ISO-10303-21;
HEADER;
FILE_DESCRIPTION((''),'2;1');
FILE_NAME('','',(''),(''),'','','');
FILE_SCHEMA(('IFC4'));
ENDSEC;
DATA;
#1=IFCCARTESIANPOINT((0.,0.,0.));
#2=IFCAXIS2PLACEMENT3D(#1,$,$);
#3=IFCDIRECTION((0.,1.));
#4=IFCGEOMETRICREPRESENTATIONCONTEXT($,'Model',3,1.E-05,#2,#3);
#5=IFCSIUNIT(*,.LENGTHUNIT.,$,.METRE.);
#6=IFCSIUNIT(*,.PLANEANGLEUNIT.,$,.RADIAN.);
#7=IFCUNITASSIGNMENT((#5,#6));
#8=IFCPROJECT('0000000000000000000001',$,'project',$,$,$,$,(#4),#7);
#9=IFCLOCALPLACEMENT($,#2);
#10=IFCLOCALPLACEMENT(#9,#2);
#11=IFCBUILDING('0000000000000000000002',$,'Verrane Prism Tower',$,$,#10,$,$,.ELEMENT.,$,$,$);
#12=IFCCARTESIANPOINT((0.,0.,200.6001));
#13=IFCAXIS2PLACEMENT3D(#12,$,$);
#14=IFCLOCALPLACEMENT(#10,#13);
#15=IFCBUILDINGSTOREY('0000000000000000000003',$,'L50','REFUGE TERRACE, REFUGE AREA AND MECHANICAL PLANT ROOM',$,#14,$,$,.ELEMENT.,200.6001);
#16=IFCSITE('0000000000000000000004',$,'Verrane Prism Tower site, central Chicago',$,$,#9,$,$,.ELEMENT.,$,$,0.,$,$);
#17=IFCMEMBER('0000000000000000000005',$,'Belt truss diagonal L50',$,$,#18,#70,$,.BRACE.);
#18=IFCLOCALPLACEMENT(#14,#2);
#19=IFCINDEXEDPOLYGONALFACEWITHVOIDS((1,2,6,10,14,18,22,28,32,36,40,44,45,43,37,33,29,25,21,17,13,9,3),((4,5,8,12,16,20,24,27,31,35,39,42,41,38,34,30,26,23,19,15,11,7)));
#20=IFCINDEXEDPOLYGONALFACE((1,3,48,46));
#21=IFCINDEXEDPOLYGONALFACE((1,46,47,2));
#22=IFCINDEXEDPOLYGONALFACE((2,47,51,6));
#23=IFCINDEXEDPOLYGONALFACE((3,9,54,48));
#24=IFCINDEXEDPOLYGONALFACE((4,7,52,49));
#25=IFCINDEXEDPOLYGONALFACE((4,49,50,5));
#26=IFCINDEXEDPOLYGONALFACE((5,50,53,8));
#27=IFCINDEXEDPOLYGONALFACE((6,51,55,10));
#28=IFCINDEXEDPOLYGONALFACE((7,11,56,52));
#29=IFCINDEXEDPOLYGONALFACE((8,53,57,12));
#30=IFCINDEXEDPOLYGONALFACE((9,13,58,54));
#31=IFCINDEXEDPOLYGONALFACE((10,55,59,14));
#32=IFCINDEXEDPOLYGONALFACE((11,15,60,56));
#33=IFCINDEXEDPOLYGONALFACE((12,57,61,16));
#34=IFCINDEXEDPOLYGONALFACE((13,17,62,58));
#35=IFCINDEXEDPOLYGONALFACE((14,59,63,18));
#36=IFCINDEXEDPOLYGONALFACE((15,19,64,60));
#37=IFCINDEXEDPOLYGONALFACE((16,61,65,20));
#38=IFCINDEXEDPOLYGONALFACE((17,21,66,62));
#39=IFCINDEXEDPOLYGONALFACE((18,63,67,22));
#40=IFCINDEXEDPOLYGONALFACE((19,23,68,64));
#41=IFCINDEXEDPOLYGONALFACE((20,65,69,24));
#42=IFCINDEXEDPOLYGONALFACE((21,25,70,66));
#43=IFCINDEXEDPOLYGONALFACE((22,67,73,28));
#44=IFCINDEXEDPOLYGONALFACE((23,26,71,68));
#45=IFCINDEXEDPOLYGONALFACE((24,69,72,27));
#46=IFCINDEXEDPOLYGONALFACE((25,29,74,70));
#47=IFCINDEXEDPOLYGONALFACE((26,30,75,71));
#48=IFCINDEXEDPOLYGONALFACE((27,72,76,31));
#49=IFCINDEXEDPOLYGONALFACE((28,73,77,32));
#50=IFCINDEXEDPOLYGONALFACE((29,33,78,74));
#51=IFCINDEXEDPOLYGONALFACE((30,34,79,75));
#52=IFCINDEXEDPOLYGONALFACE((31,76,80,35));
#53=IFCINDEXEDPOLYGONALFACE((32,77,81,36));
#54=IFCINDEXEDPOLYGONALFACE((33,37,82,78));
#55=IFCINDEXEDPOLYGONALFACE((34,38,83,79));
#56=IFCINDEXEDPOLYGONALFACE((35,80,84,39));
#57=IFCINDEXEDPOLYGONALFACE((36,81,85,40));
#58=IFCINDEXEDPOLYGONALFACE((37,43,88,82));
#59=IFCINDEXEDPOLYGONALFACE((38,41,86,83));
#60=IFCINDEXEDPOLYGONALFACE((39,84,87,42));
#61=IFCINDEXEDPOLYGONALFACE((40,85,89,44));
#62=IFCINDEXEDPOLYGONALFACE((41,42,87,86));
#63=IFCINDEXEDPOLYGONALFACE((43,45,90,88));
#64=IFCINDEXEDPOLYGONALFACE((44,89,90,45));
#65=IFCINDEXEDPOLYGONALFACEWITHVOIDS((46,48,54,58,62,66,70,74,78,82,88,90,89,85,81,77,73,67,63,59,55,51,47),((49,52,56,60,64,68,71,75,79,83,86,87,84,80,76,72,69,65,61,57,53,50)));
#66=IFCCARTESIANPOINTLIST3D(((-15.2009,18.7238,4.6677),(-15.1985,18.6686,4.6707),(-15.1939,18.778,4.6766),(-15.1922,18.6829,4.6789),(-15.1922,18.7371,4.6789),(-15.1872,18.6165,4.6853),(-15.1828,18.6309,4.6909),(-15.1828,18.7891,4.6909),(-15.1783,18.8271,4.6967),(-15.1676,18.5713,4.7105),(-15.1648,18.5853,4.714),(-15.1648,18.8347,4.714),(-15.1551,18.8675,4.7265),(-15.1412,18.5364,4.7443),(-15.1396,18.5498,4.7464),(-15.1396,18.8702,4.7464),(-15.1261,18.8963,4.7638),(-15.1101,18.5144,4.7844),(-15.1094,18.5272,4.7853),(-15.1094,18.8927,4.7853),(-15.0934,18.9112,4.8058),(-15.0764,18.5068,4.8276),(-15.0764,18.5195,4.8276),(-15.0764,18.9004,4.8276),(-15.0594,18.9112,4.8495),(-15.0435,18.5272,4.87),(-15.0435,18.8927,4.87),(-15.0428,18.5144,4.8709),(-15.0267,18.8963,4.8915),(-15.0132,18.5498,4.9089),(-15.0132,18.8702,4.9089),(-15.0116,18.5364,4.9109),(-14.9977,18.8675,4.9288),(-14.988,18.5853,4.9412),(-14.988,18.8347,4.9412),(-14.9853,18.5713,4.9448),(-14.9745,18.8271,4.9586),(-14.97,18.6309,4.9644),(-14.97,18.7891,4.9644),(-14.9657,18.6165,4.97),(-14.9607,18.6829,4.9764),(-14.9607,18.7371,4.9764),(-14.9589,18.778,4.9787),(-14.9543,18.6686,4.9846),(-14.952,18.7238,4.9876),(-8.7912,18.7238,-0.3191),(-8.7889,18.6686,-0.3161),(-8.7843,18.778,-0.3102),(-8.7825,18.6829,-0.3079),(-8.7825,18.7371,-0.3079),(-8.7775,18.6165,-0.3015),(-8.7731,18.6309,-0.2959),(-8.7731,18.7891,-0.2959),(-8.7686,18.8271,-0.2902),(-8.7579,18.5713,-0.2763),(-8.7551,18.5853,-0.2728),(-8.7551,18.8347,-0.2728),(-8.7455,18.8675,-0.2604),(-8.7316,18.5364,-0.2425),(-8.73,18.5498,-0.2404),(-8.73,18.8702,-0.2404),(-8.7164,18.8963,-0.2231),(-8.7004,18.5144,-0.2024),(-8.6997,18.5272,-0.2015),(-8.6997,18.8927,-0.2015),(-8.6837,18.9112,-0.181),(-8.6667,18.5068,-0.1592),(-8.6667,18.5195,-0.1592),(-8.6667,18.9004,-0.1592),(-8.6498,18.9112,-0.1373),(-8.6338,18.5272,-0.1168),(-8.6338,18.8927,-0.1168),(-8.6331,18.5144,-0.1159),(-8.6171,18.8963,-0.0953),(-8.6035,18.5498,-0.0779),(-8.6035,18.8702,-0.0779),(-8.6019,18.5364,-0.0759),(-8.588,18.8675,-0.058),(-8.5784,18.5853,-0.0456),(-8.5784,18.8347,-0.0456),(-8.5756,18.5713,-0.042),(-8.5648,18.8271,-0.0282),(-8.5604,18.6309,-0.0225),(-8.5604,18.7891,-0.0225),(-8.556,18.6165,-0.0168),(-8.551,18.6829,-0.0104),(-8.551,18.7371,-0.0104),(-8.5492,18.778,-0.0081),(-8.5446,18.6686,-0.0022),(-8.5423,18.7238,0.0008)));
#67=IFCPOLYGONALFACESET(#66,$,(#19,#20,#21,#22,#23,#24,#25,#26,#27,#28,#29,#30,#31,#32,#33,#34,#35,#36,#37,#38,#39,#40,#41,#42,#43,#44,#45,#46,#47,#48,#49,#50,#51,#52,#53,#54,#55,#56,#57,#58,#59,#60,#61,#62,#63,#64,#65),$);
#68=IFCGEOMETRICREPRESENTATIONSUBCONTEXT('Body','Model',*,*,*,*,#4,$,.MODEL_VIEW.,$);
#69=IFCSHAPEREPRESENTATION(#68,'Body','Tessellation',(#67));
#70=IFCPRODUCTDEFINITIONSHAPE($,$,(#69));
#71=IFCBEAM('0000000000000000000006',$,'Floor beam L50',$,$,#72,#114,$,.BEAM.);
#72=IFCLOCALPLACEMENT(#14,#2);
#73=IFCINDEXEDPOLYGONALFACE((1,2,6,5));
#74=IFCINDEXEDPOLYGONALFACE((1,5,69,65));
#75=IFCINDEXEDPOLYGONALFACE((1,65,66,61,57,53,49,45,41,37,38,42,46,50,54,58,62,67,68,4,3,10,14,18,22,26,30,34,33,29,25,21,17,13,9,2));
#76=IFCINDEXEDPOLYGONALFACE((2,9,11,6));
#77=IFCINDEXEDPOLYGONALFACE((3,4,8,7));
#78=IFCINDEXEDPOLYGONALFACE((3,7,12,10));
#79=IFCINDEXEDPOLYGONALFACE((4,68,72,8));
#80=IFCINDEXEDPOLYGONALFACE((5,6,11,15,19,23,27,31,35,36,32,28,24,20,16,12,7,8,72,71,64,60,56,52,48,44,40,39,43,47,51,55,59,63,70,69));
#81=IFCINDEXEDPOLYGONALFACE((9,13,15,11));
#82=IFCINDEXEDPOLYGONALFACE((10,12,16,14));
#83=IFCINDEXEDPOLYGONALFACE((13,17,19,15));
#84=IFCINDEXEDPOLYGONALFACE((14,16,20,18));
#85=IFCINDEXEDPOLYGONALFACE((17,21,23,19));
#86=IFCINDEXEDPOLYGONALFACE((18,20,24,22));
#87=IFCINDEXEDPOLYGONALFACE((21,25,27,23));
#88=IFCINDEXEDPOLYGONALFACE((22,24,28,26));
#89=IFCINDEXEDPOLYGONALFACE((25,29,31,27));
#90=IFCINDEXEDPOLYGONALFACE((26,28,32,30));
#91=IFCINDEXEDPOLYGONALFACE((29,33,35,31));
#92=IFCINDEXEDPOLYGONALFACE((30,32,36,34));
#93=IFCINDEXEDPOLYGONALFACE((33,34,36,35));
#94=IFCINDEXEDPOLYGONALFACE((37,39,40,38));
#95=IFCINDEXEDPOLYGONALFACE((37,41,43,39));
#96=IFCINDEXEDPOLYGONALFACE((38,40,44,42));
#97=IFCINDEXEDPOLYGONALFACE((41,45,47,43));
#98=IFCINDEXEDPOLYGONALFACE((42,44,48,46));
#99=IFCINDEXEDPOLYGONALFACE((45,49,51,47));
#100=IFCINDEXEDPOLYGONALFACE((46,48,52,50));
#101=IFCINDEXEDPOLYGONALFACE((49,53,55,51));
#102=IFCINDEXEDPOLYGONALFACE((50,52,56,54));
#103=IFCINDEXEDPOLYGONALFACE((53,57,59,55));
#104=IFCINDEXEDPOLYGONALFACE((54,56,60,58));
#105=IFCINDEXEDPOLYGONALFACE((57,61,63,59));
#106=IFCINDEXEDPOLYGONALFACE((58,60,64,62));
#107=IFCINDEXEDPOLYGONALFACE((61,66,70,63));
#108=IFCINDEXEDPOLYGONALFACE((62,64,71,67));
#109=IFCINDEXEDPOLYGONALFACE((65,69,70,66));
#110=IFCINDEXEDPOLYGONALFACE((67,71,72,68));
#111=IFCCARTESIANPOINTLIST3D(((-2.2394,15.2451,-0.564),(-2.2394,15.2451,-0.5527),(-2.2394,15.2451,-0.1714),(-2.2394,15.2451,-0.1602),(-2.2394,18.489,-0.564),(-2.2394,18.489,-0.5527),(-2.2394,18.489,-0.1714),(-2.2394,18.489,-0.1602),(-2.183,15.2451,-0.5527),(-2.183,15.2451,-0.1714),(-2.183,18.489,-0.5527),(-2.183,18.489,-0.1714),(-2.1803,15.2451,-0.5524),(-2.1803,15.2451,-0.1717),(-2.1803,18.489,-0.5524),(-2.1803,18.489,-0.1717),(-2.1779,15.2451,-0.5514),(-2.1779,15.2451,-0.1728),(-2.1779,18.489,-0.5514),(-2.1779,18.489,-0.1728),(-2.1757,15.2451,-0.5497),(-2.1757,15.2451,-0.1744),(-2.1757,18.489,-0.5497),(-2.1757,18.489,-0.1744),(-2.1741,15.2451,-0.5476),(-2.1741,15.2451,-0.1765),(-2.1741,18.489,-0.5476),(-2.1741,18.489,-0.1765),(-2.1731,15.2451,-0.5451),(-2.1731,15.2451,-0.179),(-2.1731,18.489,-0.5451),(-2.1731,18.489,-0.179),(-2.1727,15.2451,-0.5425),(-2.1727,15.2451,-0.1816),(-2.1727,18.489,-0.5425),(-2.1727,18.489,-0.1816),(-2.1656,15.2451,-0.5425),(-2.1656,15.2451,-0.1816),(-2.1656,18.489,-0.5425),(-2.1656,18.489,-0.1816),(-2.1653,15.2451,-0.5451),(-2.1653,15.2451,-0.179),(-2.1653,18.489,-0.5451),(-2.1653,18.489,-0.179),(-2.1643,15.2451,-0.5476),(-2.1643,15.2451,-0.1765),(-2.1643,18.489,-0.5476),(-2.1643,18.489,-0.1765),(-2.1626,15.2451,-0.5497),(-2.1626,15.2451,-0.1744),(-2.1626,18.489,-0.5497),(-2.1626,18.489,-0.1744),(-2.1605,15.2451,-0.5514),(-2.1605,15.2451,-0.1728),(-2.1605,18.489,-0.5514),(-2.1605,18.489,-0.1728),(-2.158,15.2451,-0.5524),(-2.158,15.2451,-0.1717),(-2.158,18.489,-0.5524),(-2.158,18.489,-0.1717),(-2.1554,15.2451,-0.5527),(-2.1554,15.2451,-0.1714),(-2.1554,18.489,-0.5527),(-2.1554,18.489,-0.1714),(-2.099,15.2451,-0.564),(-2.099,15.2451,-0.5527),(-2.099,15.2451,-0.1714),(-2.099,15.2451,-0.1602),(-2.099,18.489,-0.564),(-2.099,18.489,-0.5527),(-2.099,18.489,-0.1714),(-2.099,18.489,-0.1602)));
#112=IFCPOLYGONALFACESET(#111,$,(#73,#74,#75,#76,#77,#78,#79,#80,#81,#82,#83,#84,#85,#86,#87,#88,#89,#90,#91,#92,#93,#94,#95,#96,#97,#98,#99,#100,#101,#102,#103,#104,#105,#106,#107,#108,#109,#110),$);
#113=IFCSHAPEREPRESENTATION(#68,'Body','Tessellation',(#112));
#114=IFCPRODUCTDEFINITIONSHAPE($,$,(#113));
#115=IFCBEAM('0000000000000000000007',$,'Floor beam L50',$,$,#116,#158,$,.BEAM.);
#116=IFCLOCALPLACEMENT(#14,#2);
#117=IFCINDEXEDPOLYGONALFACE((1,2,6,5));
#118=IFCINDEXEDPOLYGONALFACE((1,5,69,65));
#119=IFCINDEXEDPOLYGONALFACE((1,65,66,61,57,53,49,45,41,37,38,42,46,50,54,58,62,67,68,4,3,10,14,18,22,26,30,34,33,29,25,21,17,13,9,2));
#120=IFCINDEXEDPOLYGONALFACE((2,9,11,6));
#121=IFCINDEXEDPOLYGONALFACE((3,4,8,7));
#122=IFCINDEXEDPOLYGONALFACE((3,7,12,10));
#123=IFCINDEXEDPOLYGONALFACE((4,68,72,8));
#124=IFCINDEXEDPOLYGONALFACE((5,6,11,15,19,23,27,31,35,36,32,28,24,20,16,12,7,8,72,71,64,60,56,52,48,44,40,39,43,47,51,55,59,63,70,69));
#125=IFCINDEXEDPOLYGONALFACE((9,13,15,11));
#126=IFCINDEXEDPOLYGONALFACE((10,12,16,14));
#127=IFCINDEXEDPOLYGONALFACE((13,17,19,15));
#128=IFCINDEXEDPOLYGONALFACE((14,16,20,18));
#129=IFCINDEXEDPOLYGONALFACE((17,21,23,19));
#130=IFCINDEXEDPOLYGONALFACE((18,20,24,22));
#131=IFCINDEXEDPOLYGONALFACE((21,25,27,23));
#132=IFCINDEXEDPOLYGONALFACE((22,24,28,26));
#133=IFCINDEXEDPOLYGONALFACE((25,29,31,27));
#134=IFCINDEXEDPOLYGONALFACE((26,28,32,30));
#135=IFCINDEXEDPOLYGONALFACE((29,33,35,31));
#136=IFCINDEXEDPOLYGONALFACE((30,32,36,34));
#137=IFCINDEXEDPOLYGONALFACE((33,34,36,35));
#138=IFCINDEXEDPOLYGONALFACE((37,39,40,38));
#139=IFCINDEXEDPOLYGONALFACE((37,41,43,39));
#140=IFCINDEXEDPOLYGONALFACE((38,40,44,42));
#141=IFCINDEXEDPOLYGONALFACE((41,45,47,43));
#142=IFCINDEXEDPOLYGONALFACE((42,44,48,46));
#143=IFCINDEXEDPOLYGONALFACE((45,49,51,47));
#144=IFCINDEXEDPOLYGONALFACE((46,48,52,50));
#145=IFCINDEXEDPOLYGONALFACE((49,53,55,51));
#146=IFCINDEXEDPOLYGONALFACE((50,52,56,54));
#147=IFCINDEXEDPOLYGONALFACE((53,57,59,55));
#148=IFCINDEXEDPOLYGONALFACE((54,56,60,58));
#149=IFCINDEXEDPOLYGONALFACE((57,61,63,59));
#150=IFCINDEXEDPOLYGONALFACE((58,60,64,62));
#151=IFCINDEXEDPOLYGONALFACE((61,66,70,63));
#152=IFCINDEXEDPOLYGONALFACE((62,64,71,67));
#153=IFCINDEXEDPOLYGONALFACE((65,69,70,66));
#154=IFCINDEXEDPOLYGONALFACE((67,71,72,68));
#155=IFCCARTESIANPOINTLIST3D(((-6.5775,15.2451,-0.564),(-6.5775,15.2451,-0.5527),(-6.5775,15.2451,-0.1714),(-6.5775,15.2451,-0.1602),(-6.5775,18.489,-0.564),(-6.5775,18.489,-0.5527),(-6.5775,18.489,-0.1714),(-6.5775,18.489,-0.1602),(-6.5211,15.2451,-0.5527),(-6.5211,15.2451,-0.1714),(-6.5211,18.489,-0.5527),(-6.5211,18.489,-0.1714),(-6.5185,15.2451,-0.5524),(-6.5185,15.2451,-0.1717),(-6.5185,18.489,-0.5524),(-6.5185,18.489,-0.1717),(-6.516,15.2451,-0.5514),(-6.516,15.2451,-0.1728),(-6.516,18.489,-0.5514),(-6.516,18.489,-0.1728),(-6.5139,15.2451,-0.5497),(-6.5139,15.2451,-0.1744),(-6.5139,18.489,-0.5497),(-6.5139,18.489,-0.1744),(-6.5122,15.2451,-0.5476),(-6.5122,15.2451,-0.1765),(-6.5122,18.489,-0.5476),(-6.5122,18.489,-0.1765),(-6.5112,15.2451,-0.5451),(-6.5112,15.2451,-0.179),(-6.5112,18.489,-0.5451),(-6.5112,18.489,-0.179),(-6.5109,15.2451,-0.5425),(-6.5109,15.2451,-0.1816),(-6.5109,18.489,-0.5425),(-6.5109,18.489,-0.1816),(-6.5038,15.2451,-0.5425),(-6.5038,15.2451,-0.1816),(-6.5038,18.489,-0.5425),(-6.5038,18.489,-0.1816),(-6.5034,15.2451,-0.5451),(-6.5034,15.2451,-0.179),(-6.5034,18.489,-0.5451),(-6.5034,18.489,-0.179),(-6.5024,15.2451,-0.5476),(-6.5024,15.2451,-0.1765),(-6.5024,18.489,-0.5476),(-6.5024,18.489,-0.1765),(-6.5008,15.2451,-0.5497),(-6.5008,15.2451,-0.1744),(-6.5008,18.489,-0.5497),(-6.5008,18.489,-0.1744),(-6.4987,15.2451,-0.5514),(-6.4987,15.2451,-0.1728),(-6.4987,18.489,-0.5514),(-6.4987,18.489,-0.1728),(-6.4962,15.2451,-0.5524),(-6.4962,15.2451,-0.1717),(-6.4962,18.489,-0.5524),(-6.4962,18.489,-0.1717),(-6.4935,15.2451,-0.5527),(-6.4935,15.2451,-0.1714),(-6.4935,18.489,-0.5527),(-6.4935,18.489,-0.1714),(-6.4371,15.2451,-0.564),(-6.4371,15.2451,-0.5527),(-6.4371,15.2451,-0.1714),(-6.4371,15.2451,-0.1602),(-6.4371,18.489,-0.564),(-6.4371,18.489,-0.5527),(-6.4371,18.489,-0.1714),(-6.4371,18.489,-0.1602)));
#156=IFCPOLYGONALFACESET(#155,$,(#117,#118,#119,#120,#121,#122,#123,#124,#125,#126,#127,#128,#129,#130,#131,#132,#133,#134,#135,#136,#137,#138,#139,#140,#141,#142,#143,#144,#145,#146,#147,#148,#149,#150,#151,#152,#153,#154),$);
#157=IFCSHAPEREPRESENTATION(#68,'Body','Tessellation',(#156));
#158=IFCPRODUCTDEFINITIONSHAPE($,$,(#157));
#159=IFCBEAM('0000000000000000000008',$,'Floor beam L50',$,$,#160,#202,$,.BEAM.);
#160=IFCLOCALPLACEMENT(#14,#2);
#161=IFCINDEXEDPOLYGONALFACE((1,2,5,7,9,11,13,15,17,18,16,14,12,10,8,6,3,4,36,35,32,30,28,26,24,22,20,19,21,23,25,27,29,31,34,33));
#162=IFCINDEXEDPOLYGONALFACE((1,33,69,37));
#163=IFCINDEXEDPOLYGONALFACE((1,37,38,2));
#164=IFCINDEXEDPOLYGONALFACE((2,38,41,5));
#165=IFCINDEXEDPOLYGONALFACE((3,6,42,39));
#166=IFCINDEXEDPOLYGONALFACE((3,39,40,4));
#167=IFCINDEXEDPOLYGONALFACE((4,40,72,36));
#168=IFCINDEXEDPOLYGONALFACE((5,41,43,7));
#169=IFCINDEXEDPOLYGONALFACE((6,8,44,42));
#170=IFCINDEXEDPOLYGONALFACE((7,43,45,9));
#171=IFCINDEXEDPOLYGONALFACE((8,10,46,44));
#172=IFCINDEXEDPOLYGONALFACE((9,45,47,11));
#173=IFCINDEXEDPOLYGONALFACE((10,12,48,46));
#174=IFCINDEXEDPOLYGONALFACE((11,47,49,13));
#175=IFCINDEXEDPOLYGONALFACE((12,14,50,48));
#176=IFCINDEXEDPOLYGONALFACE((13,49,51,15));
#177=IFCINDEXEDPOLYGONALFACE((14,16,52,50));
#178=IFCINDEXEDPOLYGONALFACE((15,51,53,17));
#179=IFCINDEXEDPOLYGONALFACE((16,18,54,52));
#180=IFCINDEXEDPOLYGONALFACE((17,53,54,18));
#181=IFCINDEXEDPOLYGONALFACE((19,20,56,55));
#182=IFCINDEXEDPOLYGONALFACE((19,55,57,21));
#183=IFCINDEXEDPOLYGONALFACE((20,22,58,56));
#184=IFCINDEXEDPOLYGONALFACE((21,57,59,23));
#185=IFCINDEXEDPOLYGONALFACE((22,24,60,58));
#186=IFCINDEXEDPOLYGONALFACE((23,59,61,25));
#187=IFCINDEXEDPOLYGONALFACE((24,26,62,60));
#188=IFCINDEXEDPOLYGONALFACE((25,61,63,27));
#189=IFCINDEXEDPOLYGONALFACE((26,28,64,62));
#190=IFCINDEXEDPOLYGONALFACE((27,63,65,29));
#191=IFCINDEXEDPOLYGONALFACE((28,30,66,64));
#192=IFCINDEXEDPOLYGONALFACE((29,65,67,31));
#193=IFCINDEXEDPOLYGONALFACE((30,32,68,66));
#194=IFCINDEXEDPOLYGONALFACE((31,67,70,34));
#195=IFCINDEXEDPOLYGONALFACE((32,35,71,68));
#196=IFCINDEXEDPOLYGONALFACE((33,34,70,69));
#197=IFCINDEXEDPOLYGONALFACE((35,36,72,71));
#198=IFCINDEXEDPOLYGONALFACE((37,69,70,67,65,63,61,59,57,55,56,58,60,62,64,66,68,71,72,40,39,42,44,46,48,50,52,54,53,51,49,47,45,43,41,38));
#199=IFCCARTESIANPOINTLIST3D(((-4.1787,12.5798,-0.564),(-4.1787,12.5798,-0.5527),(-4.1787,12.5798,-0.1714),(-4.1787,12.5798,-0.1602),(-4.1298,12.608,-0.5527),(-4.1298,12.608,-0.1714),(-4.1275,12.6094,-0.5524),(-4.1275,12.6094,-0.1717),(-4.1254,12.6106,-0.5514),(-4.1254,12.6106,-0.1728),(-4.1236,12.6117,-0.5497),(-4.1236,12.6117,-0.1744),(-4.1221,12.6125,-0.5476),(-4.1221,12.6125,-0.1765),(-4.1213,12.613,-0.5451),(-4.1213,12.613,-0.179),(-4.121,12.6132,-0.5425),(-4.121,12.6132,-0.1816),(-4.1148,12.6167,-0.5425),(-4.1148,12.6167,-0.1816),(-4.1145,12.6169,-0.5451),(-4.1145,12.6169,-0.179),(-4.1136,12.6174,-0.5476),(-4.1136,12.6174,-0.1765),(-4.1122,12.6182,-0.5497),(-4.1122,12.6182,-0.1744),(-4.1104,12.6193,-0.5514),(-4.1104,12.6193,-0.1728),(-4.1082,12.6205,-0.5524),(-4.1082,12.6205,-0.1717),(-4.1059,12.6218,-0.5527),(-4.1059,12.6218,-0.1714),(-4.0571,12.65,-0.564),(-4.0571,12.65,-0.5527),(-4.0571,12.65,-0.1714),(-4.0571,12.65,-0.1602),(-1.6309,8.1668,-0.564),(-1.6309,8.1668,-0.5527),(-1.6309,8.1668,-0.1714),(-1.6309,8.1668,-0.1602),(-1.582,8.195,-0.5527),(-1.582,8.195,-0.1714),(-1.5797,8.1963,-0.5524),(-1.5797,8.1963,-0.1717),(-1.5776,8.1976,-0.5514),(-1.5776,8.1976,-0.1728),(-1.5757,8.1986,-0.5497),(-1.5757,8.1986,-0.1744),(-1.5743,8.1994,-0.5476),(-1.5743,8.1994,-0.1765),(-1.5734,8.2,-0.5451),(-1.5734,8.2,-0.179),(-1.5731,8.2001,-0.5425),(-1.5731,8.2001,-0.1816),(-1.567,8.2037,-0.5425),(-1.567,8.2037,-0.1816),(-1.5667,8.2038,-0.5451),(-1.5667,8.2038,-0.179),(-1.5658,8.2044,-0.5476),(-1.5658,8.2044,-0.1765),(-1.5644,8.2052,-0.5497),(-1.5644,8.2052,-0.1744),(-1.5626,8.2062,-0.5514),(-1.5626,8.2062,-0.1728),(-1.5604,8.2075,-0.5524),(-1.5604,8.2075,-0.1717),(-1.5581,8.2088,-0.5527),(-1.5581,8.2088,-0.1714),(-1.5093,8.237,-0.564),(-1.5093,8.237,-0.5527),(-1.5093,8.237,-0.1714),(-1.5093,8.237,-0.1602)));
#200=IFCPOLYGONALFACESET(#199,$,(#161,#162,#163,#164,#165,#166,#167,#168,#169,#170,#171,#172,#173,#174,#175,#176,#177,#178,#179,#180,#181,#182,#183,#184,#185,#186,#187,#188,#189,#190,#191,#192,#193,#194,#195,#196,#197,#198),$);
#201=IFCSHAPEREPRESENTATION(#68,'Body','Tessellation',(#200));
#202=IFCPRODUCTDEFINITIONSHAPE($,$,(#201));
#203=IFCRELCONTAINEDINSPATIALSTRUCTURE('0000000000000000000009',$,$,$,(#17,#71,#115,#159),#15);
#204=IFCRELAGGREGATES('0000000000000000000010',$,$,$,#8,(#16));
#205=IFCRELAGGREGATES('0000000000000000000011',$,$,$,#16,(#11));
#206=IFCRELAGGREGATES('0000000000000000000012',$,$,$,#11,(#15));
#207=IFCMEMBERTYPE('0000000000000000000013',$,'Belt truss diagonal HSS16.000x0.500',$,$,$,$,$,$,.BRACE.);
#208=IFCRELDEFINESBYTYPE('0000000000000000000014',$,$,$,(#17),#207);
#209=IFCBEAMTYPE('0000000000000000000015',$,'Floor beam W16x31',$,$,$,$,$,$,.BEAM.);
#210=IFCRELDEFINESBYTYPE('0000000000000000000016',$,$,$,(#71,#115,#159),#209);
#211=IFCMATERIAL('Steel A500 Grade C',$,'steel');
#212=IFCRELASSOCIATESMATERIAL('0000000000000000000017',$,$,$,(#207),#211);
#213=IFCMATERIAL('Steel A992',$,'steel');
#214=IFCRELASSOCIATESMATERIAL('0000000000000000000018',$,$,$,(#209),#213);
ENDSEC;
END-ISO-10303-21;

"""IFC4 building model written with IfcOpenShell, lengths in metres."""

from ifc_helpers import new_model, si_unit, direction, frame, origin, origin_2d, place, context, subcontext, project, spatial, hollow_circle, i_section, extrude, material, material_profile, profile_set, type_object, element, save


model = new_model("IFC4")

# Units and contexts
model_context = context("Model", 3, precision=1e-05, world=origin(), true_north=direction((0.0, 1.0)))
body_context = subcontext(model_context, "Body", "Model", "MODEL_VIEW")
ifc_project = project(units=[si_unit("LENGTHUNIT", "METRE"), si_unit("PLANEANGLEUNIT", "RADIAN")], contexts=[model_context])

# Site, building, storey
site_placement = place(None, origin())
site = spatial("IfcSite", under=ifc_project, at=site_placement, Name="Verrane Prism Tower site, central Chicago", CompositionType="ELEMENT", RefElevation=0.0)
building_placement = place(site_placement, origin())
building = spatial("IfcBuilding", under=site, at=building_placement, Name="Verrane Prism Tower", CompositionType="ELEMENT")
storey_placement = place(building_placement, frame((0.0, 0.0, 200.6001)))
storey = spatial("IfcBuildingStorey", under=building, at=storey_placement, Name="L50", Description="REFUGE TERRACE, REFUGE AREA AND MECHANICAL PLANT ROOM", CompositionType="ELEMENT", Elevation=200.6001)

# Member
ifc_material_1 = material(Name="Steel A500 Grade C", Category="steel")
ifc_material_profile_1 = material_profile(ifc_material_1, hollow_circle(Radius=0.2031, WallThickness=0.0127, at=origin_2d()), Name="HSS16.000x0.500")
ifc_profile_set_1 = profile_set([ifc_material_profile_1], Name="Steel A500 Grade C")
member_type_1 = type_object("IfcMemberType", Name="Belt truss diagonal HSS16.000x0.500", PredefinedType="BRACE", material=ifc_profile_set_1)
for number, where, z_axis, x_axis, name in (
    (1, (-8.6667, 18.71, -0.1592), (-0.789262, 0.0, 0.614057), (0.0, -1.0, 0.0), "Belt truss diagonal L50"),
):
    element("IfcMember", number, at=place(storey_placement, frame(where, z_axis=z_axis, x_axis=x_axis)), inside=storey, type_object=member_type_1, Name=name, PredefinedType="BRACE", context=body_context, shape_type="SweptSolid", body=[
        extrude(hollow_circle(Radius=0.2031, WallThickness=0.0127, at=origin_2d()), origin(), (0.0, 0.0, 1.0), 8.1211),
    ])

# Beams
ifc_material_2 = material(Name="Steel A992", Category="steel")
ifc_material_profile_2 = material_profile(ifc_material_2, i_section(OverallWidth=0.1404, OverallDepth=0.4038, WebThickness=0.0071, FlangeThickness=0.0112, FilletRadius=0.0103, at=origin_2d()), Name="W16x31")
ifc_profile_set_2 = profile_set([ifc_material_profile_2], Name="Steel A992")
beam_type_1 = type_object("IfcBeamType", Name="Floor beam W16x31", PredefinedType="BEAM", material=ifc_profile_set_2)
for number, where, z_axis, x_axis, name in (
    (2, (-2.1692, 15.2451, -0.3621), (0.0, 1.0, 0.0), (-1.0, 0.0, 0.0), "Floor beam L50"),
    (3, (-6.5073, 15.2451, -0.3621), (0.0, 1.0, 0.0), (-1.0, 0.0, 0.0), "Floor beam L50"),
):
    element("IfcBeam", number, at=place(storey_placement, frame(where, z_axis=z_axis, x_axis=x_axis)), inside=storey, type_object=beam_type_1, Name=name, PredefinedType="BEAM", context=body_context, shape_type="SweptSolid", body=[
        extrude(i_section(OverallWidth=0.1404, OverallDepth=0.4038, WebThickness=0.0071, FlangeThickness=0.0112, FilletRadius=0.0103, at=origin_2d()), origin(), (0.0, 0.0, 1.0), 3.2439),
    ])
beam_1_placement = place(storey_placement, frame((-1.5701, 8.2019, -0.3621), z_axis=(-0.499993, 0.866029, 0.0), x_axis=(-0.866029, -0.499993, 0.0)))
element("IfcBeam", 4, at=beam_1_placement, inside=storey, type_object=beam_type_1, Name="Floor beam L50", PredefinedType="BEAM", context=body_context, shape_type="SweptSolid", body=[
    extrude(i_section(OverallWidth=0.1404, OverallDepth=0.4038, WebThickness=0.0071, FlangeThickness=0.0112, FilletRadius=0.0103, at=origin_2d()), origin(), (0.0, 0.0, 1.0), 5.0957),
])

save(model, "model.ifc")
